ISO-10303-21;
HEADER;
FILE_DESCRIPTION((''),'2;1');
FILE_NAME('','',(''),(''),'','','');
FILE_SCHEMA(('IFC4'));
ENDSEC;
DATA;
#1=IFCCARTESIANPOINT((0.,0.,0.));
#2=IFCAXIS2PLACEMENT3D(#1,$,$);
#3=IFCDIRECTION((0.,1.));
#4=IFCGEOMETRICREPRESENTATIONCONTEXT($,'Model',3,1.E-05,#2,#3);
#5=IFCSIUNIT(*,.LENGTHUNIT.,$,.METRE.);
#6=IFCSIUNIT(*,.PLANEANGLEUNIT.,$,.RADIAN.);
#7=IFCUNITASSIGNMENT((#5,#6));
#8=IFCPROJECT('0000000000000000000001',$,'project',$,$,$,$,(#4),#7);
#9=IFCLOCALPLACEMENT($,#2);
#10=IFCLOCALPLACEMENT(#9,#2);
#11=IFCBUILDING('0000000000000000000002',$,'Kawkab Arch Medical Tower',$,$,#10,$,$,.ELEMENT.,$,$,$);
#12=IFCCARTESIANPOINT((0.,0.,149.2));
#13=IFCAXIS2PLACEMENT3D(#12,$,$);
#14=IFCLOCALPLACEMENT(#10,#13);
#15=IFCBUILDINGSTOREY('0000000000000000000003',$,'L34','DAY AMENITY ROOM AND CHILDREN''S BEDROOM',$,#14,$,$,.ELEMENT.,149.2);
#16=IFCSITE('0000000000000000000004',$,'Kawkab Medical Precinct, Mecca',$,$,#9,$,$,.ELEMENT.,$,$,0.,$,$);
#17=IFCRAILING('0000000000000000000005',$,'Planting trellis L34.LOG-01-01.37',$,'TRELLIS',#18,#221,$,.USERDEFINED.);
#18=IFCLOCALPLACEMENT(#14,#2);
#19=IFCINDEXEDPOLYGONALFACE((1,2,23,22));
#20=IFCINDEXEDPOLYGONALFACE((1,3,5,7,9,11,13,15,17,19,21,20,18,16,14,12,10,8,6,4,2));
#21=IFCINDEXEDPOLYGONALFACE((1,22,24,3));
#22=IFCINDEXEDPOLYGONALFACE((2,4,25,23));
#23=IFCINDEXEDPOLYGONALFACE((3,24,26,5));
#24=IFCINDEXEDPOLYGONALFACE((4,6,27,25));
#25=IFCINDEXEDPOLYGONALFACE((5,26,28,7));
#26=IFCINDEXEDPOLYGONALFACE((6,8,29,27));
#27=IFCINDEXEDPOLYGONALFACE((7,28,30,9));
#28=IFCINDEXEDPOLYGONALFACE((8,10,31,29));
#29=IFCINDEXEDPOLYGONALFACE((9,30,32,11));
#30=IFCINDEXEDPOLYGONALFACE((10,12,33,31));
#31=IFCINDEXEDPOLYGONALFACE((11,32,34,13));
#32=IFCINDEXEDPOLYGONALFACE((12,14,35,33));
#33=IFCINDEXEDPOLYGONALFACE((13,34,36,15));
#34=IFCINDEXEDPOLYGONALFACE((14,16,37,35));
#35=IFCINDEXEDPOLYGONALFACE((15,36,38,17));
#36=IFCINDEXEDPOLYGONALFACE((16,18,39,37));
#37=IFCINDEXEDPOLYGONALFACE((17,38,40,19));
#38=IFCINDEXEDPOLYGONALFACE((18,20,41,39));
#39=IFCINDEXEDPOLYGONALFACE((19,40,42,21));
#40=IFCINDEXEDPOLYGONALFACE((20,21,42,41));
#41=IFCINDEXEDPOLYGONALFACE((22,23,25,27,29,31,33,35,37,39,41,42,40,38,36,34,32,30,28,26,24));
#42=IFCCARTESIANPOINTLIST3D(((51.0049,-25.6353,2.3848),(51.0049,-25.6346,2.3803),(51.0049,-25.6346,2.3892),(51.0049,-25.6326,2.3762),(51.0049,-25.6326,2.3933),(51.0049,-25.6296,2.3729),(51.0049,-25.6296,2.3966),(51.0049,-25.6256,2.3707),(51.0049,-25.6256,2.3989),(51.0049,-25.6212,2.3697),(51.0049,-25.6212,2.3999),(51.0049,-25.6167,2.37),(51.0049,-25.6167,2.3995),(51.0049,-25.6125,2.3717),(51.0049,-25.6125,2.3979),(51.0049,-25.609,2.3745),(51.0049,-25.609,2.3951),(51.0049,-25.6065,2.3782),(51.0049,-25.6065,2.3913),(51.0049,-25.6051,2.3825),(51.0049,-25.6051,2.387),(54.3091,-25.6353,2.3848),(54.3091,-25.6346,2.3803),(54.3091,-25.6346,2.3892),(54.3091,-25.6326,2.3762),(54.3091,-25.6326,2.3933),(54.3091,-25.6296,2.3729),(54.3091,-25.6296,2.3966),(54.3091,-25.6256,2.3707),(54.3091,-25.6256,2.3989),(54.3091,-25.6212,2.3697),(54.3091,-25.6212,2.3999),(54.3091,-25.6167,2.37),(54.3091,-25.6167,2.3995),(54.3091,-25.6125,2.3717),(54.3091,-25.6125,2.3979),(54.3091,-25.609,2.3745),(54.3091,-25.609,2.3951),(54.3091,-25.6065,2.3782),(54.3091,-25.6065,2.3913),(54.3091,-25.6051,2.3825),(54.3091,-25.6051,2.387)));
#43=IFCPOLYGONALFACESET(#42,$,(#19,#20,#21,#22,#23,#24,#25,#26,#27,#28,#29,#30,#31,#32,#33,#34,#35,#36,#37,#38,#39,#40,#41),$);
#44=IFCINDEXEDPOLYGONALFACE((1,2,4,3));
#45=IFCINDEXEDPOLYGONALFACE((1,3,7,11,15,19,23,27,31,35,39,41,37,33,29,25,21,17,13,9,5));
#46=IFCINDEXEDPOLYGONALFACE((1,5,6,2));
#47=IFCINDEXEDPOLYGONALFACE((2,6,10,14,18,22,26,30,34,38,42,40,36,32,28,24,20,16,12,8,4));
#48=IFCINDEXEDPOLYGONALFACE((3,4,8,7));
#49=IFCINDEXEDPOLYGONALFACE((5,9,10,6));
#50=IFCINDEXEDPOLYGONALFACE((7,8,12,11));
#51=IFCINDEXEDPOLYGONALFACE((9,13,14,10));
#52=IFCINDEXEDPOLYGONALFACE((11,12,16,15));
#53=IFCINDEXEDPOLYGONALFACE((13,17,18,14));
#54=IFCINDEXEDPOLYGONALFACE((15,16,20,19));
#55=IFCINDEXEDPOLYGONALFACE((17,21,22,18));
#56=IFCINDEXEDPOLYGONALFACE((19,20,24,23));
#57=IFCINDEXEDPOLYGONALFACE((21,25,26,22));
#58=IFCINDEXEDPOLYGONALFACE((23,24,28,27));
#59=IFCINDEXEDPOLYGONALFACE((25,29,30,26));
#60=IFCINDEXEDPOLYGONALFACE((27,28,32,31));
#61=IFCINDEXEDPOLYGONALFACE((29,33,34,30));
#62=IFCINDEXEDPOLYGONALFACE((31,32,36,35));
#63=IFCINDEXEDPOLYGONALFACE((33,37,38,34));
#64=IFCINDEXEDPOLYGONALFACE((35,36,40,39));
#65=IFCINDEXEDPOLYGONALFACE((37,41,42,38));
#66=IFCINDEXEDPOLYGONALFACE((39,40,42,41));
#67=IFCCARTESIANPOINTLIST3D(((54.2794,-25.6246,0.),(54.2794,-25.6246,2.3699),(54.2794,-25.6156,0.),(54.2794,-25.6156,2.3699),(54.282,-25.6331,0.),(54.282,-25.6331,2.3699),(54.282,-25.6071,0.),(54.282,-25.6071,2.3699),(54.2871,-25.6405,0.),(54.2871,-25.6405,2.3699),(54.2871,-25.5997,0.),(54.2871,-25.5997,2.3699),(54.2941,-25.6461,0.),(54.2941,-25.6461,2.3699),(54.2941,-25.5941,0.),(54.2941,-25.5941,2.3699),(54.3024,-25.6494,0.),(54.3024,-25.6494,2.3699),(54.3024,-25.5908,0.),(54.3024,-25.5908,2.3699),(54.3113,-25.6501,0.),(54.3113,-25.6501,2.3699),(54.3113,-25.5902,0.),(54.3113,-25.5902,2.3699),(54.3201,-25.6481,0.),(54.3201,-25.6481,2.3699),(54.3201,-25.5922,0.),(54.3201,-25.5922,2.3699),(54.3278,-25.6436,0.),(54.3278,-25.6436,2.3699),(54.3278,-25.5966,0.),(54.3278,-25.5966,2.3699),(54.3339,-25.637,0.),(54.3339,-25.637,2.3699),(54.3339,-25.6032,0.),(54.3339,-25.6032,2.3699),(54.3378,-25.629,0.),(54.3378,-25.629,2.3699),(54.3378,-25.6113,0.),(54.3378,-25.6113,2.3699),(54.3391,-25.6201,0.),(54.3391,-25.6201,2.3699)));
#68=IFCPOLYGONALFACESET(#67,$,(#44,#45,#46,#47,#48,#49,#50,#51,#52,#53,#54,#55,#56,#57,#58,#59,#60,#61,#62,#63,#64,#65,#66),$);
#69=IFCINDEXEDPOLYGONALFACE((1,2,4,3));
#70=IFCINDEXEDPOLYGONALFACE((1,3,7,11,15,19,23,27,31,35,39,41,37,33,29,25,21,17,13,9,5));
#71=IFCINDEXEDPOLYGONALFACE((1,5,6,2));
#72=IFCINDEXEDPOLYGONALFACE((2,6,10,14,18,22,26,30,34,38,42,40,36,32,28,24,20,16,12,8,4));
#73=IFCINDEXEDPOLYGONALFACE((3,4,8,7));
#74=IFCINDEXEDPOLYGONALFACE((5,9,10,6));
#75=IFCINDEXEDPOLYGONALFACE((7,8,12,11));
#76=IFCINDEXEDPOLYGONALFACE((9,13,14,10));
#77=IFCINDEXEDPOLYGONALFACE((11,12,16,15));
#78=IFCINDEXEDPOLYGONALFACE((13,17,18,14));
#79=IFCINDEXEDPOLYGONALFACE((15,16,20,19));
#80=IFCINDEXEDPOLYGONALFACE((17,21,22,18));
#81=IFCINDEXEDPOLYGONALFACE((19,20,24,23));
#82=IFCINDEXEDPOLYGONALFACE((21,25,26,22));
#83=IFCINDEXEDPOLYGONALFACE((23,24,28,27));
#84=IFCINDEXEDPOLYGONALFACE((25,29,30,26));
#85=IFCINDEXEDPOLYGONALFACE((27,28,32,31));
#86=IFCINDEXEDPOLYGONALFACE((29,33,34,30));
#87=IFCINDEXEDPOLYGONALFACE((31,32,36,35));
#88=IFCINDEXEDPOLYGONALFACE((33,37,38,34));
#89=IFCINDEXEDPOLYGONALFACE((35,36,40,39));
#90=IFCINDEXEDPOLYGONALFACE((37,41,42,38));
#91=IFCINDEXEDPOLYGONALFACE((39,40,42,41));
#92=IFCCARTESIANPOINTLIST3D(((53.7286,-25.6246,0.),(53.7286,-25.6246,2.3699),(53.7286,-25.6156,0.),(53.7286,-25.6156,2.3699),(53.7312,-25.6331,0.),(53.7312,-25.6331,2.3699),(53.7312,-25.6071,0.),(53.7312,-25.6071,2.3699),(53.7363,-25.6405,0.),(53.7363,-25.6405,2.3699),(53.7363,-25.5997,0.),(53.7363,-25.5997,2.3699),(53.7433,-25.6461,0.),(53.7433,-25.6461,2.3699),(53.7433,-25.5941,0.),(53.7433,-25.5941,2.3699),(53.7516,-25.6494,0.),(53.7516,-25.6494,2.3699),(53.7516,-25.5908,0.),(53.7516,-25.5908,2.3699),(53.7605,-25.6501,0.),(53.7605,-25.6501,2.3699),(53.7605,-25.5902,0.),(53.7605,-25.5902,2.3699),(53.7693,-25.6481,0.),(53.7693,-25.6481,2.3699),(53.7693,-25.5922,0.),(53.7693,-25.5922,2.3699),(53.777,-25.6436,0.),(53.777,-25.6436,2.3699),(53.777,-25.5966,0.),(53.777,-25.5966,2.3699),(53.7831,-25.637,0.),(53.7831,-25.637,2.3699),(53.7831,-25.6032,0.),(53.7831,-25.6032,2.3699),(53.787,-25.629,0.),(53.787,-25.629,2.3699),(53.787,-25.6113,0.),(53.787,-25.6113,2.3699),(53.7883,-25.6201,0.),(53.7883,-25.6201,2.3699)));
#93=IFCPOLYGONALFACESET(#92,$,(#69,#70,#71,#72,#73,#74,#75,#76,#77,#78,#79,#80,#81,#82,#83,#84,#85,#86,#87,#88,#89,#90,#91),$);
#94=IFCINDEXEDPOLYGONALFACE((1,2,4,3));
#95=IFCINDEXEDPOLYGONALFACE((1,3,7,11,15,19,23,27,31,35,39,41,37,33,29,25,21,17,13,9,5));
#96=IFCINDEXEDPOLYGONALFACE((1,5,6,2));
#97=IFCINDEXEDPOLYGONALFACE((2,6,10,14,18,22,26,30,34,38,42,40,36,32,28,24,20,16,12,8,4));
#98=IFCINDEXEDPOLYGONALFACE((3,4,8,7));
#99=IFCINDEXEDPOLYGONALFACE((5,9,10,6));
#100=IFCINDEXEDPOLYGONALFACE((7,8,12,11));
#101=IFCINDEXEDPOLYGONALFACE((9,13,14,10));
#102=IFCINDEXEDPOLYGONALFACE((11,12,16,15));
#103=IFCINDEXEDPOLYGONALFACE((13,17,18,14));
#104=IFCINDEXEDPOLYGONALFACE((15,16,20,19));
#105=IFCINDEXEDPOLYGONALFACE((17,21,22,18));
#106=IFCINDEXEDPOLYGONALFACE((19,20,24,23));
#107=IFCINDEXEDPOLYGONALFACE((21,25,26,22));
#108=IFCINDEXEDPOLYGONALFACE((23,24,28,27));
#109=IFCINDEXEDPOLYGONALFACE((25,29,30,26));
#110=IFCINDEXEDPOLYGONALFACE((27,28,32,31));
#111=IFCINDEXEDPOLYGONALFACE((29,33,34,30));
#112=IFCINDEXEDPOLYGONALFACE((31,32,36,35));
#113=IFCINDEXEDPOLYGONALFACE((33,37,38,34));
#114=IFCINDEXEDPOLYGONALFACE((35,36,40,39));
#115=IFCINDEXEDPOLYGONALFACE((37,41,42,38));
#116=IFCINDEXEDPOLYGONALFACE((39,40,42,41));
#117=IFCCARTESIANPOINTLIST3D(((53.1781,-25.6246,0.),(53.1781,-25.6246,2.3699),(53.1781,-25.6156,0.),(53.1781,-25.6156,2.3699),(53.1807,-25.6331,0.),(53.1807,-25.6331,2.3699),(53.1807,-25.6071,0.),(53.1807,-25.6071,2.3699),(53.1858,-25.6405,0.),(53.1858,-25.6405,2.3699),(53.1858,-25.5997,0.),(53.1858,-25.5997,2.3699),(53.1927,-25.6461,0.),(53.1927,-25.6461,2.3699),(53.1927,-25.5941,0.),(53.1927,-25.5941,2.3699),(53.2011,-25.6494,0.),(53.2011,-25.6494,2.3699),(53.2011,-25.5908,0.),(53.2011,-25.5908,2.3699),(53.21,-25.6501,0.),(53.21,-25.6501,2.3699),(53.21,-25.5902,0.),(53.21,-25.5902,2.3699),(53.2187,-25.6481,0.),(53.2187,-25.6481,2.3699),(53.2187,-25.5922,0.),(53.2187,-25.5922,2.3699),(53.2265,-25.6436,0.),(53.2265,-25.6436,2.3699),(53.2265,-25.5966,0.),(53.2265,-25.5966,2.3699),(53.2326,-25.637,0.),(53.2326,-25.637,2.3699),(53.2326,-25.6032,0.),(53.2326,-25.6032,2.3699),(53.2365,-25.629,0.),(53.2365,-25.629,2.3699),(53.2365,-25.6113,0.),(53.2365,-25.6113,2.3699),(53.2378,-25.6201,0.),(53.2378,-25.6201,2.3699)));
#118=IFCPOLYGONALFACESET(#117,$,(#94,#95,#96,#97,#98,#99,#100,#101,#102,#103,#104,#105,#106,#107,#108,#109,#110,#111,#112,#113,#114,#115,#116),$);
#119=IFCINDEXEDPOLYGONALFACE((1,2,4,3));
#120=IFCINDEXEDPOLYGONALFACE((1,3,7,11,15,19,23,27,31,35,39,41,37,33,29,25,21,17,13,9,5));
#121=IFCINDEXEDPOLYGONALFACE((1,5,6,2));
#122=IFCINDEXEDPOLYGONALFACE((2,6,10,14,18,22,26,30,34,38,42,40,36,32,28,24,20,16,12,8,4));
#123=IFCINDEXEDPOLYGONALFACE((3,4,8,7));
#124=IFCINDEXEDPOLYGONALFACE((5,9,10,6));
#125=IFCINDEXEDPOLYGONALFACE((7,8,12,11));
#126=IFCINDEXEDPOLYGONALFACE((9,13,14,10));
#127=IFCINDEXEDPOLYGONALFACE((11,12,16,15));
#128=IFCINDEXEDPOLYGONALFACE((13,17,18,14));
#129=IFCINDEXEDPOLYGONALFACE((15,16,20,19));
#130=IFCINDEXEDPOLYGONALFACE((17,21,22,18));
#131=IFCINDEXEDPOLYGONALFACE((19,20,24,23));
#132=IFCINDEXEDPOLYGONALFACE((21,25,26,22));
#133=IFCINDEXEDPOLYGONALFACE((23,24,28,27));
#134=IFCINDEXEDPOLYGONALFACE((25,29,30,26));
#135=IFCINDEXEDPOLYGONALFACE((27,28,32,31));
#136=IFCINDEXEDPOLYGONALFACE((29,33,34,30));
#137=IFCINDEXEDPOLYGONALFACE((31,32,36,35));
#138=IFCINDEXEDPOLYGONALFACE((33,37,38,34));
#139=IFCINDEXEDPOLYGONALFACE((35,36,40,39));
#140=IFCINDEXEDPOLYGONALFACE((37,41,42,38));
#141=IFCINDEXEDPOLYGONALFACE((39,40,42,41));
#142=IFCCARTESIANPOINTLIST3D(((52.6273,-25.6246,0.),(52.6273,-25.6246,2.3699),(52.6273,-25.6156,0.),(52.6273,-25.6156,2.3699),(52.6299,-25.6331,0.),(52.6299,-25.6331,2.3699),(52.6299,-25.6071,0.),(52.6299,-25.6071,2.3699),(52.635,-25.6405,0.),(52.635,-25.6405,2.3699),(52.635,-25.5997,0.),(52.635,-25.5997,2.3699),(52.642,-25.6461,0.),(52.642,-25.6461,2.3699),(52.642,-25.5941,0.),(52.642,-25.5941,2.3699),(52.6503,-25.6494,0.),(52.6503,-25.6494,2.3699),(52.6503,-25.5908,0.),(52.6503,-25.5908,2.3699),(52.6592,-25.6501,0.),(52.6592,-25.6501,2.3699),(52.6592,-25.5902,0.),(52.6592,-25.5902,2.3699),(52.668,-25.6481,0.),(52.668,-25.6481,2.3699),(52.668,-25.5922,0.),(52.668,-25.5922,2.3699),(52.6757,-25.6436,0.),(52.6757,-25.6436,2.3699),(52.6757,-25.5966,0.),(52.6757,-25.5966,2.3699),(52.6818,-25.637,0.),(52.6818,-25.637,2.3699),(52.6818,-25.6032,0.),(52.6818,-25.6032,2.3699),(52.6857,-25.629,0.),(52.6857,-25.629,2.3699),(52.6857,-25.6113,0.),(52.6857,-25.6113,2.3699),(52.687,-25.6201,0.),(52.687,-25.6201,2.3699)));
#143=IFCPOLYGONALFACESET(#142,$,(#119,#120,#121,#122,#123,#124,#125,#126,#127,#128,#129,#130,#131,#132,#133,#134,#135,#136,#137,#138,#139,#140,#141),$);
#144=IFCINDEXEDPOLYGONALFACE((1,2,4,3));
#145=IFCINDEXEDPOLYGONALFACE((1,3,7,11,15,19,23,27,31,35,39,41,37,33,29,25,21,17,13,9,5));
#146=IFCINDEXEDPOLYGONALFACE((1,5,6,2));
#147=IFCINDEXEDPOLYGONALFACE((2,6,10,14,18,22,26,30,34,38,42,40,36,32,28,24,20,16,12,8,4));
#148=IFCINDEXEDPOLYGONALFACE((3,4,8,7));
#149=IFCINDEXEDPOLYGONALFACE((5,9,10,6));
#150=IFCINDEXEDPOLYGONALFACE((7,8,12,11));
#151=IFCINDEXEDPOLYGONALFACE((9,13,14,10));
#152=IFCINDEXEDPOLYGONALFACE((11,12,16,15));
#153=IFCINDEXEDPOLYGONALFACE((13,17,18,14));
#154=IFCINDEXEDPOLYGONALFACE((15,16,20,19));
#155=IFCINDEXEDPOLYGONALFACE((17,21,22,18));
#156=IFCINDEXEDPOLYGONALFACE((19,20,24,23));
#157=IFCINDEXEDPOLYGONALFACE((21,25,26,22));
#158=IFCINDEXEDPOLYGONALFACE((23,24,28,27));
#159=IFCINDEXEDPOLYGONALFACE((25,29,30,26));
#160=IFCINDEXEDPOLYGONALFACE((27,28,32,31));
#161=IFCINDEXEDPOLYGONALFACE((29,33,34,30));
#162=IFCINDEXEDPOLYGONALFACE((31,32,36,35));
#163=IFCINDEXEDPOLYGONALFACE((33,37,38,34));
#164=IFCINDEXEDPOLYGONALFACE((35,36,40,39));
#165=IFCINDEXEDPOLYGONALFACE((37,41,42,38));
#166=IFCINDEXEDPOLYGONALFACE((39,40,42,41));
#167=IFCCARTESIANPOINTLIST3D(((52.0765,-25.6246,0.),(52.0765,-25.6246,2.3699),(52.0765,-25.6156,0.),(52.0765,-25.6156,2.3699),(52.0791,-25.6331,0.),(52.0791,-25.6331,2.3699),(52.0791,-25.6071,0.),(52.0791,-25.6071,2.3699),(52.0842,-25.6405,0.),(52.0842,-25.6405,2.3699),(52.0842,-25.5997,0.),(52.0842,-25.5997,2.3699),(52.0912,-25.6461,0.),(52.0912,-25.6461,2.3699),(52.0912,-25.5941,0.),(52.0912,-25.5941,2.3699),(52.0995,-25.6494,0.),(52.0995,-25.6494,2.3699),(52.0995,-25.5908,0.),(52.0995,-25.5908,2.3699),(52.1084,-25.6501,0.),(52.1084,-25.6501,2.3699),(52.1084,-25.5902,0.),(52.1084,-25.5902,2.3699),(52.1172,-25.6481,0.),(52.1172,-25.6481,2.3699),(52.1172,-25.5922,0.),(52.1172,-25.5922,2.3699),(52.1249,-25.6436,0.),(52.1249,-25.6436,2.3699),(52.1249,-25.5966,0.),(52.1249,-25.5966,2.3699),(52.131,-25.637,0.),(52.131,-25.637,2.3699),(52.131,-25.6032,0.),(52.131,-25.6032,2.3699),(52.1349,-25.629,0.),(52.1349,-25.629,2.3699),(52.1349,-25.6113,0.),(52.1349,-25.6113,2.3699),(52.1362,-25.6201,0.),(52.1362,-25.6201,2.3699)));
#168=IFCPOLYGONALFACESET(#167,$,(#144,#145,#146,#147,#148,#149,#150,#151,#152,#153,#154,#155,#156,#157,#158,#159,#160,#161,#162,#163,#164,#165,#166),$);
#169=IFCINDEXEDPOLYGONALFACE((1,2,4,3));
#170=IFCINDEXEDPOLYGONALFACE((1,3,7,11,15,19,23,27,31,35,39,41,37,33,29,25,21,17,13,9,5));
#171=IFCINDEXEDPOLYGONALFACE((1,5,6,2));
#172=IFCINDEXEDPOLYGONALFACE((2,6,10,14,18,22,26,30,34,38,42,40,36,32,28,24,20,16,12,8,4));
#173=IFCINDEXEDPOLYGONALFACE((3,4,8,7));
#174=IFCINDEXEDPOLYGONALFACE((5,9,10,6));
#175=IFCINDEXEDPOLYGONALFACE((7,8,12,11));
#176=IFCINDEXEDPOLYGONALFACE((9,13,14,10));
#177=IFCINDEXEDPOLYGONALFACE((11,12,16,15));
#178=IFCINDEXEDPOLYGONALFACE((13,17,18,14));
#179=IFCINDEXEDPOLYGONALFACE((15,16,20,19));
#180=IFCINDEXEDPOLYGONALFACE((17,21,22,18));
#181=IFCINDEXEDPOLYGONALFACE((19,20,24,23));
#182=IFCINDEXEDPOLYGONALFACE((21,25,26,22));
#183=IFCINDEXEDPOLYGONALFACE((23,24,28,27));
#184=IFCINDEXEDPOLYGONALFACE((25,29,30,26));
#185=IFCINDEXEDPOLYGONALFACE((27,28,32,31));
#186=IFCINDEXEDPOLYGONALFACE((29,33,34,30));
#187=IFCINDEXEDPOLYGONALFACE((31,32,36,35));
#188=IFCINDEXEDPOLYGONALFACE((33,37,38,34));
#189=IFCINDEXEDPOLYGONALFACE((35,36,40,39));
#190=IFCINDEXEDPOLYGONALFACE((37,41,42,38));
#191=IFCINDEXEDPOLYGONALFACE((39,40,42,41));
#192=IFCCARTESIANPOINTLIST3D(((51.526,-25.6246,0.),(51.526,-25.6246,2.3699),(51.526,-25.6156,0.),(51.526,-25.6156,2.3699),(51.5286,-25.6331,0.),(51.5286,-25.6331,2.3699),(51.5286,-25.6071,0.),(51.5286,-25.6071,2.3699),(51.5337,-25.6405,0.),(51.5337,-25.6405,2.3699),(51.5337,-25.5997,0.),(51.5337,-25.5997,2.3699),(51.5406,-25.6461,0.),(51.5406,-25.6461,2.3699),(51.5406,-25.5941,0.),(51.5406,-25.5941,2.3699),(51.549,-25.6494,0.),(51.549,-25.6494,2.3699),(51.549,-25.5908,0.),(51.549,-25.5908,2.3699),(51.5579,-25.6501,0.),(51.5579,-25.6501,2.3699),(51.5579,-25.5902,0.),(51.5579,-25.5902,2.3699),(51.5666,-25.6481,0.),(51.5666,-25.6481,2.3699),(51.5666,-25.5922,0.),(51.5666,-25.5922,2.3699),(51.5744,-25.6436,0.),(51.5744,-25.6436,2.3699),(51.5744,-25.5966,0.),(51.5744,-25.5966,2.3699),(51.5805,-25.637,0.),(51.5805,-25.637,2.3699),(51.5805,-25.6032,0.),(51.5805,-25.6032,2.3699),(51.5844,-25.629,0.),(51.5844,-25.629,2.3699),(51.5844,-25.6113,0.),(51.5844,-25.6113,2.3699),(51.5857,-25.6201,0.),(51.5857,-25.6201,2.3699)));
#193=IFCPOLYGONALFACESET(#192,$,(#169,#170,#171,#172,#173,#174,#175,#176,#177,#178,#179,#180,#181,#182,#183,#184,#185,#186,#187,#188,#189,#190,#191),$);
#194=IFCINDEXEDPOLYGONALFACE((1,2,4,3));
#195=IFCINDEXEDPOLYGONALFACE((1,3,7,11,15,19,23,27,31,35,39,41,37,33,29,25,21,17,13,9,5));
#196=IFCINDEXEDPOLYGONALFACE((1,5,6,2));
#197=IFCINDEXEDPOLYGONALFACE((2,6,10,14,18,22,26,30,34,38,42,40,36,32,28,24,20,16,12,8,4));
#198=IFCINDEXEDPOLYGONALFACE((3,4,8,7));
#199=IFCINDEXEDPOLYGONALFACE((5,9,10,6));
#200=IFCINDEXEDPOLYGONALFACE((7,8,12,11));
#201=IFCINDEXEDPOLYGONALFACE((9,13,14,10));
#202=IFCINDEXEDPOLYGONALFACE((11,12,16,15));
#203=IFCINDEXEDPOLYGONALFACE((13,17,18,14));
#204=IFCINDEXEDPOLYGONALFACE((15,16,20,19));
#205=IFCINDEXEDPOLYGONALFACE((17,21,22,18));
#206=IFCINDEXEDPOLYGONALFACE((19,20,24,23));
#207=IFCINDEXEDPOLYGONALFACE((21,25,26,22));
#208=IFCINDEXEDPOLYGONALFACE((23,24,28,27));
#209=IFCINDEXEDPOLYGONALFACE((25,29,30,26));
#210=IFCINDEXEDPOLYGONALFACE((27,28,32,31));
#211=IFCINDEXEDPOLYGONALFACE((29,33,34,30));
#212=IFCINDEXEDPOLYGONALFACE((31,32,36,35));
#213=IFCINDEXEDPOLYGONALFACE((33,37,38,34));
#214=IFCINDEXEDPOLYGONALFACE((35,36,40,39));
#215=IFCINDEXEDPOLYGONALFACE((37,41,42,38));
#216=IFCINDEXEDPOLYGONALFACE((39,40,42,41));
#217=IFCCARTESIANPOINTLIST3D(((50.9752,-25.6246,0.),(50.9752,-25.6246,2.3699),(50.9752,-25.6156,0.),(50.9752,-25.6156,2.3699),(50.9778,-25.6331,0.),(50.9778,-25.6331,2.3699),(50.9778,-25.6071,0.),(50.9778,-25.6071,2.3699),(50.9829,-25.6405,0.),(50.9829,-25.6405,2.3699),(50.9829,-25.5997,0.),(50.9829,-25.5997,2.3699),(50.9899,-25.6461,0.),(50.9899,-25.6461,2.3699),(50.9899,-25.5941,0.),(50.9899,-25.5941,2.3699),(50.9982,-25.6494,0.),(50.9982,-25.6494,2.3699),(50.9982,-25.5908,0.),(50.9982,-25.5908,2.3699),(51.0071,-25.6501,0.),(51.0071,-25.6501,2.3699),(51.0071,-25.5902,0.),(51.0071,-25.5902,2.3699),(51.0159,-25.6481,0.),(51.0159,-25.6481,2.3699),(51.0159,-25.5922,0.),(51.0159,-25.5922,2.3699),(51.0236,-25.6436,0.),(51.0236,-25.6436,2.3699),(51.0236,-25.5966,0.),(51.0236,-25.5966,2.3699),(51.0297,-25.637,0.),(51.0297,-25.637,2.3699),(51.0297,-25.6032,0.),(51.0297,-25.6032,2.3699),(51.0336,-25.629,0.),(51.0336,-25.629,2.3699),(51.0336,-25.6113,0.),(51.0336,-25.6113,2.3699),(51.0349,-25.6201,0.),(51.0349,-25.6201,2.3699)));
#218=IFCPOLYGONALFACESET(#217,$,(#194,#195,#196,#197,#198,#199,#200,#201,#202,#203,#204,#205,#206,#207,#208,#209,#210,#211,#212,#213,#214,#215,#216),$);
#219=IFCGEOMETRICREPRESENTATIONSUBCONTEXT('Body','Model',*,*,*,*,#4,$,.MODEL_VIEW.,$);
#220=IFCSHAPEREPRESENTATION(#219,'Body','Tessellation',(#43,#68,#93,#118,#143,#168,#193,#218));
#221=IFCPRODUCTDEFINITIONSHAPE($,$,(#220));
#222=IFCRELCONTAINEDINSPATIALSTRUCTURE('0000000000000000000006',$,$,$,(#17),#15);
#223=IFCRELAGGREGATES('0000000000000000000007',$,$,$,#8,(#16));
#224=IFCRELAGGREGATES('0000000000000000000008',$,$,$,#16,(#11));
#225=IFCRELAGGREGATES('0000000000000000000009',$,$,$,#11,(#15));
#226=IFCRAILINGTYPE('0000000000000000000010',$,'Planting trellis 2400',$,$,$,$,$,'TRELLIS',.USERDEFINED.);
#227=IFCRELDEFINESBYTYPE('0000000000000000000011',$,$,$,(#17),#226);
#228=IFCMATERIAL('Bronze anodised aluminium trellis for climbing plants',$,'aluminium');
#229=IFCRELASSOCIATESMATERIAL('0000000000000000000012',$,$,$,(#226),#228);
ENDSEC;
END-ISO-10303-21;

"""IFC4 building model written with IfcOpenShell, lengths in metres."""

from ifc_helpers import new_model, si_unit, direction, frame, origin, origin_2d, place, context, subcontext, project, spatial, circle, extrude, material, type_object, element, save


model = new_model("IFC4")

# Units and contexts
model_context = context("Model", 3, precision=1e-05, world=origin(), true_north=direction((0.0, 1.0)))
body_context = subcontext(model_context, "Body", "Model", "MODEL_VIEW")
ifc_project = project(units=[si_unit("LENGTHUNIT", "METRE"), si_unit("PLANEANGLEUNIT", "RADIAN")], contexts=[model_context])

# Site, building, storey
site_placement = place(None, origin())
site = spatial("IfcSite", under=ifc_project, at=site_placement, Name="Kawkab Medical Precinct, Mecca", CompositionType="ELEMENT", RefElevation=0.0)
building_placement = place(site_placement, origin())
building = spatial("IfcBuilding", under=site, at=building_placement, Name="Kawkab Arch Medical Tower", CompositionType="ELEMENT")
storey_placement = place(building_placement, frame((0.0, 0.0, 149.2)))
storey = spatial("IfcBuildingStorey", under=building, at=storey_placement, Name="L34", Description="DAY AMENITY ROOM AND CHILDREN'S BEDROOM", CompositionType="ELEMENT", Elevation=149.2)

# Railing
ifc_material_1 = material(Name="Bronze anodised aluminium trellis for climbing plants", Category="aluminium")
railing_type = type_object("IfcRailingType", Name="Planting trellis 2400", ElementType="TRELLIS", PredefinedType="USERDEFINED", material=ifc_material_1)
railing_1_placement = place(storey_placement, frame((54.3091, -25.6201, 0.0)))
element("IfcRailing", 1, at=railing_1_placement, inside=storey, type_object=railing_type, Name="Planting trellis L34.LOG-01-01.37", ObjectType="TRELLIS", PredefinedType="USERDEFINED", context=body_context, shape_type="SweptSolid", body=[
    extrude(circle(Radius=0.0151, at=origin_2d()), frame((0.0, 0.0, 2.3848), z_axis=(-1.0, 0.0, 0.0), x_axis=(0.0, -1.0, 0.0)), (0.0, 0.0, 1.0), 3.3042),
    extrude(circle(Radius=0.03, at=origin_2d()), origin(), (0.0, 0.0, 1.0), 2.3699),
    extrude(circle(Radius=0.03, at=origin_2d()), frame((-0.5508, 0.0, 0.0)), (0.0, 0.0, 1.0), 2.3699),
    extrude(circle(Radius=0.03, at=origin_2d()), frame((-1.1013, 0.0, 0.0)), (0.0, 0.0, 1.0), 2.3699),
    extrude(circle(Radius=0.03, at=origin_2d()), frame((-1.6521, 0.0, 0.0)), (0.0, 0.0, 1.0), 2.3699),
    extrude(circle(Radius=0.03, at=origin_2d()), frame((-2.2029, 0.0, 0.0)), (0.0, 0.0, 1.0), 2.3699),
    extrude(circle(Radius=0.03, at=origin_2d()), frame((-2.7534, 0.0, 0.0)), (0.0, 0.0, 1.0), 2.3699),
    extrude(circle(Radius=0.03, at=origin_2d()), frame((-3.3042, 0.0, 0.0)), (0.0, 0.0, 1.0), 2.3699),
])

save(model, "model.ifc")
